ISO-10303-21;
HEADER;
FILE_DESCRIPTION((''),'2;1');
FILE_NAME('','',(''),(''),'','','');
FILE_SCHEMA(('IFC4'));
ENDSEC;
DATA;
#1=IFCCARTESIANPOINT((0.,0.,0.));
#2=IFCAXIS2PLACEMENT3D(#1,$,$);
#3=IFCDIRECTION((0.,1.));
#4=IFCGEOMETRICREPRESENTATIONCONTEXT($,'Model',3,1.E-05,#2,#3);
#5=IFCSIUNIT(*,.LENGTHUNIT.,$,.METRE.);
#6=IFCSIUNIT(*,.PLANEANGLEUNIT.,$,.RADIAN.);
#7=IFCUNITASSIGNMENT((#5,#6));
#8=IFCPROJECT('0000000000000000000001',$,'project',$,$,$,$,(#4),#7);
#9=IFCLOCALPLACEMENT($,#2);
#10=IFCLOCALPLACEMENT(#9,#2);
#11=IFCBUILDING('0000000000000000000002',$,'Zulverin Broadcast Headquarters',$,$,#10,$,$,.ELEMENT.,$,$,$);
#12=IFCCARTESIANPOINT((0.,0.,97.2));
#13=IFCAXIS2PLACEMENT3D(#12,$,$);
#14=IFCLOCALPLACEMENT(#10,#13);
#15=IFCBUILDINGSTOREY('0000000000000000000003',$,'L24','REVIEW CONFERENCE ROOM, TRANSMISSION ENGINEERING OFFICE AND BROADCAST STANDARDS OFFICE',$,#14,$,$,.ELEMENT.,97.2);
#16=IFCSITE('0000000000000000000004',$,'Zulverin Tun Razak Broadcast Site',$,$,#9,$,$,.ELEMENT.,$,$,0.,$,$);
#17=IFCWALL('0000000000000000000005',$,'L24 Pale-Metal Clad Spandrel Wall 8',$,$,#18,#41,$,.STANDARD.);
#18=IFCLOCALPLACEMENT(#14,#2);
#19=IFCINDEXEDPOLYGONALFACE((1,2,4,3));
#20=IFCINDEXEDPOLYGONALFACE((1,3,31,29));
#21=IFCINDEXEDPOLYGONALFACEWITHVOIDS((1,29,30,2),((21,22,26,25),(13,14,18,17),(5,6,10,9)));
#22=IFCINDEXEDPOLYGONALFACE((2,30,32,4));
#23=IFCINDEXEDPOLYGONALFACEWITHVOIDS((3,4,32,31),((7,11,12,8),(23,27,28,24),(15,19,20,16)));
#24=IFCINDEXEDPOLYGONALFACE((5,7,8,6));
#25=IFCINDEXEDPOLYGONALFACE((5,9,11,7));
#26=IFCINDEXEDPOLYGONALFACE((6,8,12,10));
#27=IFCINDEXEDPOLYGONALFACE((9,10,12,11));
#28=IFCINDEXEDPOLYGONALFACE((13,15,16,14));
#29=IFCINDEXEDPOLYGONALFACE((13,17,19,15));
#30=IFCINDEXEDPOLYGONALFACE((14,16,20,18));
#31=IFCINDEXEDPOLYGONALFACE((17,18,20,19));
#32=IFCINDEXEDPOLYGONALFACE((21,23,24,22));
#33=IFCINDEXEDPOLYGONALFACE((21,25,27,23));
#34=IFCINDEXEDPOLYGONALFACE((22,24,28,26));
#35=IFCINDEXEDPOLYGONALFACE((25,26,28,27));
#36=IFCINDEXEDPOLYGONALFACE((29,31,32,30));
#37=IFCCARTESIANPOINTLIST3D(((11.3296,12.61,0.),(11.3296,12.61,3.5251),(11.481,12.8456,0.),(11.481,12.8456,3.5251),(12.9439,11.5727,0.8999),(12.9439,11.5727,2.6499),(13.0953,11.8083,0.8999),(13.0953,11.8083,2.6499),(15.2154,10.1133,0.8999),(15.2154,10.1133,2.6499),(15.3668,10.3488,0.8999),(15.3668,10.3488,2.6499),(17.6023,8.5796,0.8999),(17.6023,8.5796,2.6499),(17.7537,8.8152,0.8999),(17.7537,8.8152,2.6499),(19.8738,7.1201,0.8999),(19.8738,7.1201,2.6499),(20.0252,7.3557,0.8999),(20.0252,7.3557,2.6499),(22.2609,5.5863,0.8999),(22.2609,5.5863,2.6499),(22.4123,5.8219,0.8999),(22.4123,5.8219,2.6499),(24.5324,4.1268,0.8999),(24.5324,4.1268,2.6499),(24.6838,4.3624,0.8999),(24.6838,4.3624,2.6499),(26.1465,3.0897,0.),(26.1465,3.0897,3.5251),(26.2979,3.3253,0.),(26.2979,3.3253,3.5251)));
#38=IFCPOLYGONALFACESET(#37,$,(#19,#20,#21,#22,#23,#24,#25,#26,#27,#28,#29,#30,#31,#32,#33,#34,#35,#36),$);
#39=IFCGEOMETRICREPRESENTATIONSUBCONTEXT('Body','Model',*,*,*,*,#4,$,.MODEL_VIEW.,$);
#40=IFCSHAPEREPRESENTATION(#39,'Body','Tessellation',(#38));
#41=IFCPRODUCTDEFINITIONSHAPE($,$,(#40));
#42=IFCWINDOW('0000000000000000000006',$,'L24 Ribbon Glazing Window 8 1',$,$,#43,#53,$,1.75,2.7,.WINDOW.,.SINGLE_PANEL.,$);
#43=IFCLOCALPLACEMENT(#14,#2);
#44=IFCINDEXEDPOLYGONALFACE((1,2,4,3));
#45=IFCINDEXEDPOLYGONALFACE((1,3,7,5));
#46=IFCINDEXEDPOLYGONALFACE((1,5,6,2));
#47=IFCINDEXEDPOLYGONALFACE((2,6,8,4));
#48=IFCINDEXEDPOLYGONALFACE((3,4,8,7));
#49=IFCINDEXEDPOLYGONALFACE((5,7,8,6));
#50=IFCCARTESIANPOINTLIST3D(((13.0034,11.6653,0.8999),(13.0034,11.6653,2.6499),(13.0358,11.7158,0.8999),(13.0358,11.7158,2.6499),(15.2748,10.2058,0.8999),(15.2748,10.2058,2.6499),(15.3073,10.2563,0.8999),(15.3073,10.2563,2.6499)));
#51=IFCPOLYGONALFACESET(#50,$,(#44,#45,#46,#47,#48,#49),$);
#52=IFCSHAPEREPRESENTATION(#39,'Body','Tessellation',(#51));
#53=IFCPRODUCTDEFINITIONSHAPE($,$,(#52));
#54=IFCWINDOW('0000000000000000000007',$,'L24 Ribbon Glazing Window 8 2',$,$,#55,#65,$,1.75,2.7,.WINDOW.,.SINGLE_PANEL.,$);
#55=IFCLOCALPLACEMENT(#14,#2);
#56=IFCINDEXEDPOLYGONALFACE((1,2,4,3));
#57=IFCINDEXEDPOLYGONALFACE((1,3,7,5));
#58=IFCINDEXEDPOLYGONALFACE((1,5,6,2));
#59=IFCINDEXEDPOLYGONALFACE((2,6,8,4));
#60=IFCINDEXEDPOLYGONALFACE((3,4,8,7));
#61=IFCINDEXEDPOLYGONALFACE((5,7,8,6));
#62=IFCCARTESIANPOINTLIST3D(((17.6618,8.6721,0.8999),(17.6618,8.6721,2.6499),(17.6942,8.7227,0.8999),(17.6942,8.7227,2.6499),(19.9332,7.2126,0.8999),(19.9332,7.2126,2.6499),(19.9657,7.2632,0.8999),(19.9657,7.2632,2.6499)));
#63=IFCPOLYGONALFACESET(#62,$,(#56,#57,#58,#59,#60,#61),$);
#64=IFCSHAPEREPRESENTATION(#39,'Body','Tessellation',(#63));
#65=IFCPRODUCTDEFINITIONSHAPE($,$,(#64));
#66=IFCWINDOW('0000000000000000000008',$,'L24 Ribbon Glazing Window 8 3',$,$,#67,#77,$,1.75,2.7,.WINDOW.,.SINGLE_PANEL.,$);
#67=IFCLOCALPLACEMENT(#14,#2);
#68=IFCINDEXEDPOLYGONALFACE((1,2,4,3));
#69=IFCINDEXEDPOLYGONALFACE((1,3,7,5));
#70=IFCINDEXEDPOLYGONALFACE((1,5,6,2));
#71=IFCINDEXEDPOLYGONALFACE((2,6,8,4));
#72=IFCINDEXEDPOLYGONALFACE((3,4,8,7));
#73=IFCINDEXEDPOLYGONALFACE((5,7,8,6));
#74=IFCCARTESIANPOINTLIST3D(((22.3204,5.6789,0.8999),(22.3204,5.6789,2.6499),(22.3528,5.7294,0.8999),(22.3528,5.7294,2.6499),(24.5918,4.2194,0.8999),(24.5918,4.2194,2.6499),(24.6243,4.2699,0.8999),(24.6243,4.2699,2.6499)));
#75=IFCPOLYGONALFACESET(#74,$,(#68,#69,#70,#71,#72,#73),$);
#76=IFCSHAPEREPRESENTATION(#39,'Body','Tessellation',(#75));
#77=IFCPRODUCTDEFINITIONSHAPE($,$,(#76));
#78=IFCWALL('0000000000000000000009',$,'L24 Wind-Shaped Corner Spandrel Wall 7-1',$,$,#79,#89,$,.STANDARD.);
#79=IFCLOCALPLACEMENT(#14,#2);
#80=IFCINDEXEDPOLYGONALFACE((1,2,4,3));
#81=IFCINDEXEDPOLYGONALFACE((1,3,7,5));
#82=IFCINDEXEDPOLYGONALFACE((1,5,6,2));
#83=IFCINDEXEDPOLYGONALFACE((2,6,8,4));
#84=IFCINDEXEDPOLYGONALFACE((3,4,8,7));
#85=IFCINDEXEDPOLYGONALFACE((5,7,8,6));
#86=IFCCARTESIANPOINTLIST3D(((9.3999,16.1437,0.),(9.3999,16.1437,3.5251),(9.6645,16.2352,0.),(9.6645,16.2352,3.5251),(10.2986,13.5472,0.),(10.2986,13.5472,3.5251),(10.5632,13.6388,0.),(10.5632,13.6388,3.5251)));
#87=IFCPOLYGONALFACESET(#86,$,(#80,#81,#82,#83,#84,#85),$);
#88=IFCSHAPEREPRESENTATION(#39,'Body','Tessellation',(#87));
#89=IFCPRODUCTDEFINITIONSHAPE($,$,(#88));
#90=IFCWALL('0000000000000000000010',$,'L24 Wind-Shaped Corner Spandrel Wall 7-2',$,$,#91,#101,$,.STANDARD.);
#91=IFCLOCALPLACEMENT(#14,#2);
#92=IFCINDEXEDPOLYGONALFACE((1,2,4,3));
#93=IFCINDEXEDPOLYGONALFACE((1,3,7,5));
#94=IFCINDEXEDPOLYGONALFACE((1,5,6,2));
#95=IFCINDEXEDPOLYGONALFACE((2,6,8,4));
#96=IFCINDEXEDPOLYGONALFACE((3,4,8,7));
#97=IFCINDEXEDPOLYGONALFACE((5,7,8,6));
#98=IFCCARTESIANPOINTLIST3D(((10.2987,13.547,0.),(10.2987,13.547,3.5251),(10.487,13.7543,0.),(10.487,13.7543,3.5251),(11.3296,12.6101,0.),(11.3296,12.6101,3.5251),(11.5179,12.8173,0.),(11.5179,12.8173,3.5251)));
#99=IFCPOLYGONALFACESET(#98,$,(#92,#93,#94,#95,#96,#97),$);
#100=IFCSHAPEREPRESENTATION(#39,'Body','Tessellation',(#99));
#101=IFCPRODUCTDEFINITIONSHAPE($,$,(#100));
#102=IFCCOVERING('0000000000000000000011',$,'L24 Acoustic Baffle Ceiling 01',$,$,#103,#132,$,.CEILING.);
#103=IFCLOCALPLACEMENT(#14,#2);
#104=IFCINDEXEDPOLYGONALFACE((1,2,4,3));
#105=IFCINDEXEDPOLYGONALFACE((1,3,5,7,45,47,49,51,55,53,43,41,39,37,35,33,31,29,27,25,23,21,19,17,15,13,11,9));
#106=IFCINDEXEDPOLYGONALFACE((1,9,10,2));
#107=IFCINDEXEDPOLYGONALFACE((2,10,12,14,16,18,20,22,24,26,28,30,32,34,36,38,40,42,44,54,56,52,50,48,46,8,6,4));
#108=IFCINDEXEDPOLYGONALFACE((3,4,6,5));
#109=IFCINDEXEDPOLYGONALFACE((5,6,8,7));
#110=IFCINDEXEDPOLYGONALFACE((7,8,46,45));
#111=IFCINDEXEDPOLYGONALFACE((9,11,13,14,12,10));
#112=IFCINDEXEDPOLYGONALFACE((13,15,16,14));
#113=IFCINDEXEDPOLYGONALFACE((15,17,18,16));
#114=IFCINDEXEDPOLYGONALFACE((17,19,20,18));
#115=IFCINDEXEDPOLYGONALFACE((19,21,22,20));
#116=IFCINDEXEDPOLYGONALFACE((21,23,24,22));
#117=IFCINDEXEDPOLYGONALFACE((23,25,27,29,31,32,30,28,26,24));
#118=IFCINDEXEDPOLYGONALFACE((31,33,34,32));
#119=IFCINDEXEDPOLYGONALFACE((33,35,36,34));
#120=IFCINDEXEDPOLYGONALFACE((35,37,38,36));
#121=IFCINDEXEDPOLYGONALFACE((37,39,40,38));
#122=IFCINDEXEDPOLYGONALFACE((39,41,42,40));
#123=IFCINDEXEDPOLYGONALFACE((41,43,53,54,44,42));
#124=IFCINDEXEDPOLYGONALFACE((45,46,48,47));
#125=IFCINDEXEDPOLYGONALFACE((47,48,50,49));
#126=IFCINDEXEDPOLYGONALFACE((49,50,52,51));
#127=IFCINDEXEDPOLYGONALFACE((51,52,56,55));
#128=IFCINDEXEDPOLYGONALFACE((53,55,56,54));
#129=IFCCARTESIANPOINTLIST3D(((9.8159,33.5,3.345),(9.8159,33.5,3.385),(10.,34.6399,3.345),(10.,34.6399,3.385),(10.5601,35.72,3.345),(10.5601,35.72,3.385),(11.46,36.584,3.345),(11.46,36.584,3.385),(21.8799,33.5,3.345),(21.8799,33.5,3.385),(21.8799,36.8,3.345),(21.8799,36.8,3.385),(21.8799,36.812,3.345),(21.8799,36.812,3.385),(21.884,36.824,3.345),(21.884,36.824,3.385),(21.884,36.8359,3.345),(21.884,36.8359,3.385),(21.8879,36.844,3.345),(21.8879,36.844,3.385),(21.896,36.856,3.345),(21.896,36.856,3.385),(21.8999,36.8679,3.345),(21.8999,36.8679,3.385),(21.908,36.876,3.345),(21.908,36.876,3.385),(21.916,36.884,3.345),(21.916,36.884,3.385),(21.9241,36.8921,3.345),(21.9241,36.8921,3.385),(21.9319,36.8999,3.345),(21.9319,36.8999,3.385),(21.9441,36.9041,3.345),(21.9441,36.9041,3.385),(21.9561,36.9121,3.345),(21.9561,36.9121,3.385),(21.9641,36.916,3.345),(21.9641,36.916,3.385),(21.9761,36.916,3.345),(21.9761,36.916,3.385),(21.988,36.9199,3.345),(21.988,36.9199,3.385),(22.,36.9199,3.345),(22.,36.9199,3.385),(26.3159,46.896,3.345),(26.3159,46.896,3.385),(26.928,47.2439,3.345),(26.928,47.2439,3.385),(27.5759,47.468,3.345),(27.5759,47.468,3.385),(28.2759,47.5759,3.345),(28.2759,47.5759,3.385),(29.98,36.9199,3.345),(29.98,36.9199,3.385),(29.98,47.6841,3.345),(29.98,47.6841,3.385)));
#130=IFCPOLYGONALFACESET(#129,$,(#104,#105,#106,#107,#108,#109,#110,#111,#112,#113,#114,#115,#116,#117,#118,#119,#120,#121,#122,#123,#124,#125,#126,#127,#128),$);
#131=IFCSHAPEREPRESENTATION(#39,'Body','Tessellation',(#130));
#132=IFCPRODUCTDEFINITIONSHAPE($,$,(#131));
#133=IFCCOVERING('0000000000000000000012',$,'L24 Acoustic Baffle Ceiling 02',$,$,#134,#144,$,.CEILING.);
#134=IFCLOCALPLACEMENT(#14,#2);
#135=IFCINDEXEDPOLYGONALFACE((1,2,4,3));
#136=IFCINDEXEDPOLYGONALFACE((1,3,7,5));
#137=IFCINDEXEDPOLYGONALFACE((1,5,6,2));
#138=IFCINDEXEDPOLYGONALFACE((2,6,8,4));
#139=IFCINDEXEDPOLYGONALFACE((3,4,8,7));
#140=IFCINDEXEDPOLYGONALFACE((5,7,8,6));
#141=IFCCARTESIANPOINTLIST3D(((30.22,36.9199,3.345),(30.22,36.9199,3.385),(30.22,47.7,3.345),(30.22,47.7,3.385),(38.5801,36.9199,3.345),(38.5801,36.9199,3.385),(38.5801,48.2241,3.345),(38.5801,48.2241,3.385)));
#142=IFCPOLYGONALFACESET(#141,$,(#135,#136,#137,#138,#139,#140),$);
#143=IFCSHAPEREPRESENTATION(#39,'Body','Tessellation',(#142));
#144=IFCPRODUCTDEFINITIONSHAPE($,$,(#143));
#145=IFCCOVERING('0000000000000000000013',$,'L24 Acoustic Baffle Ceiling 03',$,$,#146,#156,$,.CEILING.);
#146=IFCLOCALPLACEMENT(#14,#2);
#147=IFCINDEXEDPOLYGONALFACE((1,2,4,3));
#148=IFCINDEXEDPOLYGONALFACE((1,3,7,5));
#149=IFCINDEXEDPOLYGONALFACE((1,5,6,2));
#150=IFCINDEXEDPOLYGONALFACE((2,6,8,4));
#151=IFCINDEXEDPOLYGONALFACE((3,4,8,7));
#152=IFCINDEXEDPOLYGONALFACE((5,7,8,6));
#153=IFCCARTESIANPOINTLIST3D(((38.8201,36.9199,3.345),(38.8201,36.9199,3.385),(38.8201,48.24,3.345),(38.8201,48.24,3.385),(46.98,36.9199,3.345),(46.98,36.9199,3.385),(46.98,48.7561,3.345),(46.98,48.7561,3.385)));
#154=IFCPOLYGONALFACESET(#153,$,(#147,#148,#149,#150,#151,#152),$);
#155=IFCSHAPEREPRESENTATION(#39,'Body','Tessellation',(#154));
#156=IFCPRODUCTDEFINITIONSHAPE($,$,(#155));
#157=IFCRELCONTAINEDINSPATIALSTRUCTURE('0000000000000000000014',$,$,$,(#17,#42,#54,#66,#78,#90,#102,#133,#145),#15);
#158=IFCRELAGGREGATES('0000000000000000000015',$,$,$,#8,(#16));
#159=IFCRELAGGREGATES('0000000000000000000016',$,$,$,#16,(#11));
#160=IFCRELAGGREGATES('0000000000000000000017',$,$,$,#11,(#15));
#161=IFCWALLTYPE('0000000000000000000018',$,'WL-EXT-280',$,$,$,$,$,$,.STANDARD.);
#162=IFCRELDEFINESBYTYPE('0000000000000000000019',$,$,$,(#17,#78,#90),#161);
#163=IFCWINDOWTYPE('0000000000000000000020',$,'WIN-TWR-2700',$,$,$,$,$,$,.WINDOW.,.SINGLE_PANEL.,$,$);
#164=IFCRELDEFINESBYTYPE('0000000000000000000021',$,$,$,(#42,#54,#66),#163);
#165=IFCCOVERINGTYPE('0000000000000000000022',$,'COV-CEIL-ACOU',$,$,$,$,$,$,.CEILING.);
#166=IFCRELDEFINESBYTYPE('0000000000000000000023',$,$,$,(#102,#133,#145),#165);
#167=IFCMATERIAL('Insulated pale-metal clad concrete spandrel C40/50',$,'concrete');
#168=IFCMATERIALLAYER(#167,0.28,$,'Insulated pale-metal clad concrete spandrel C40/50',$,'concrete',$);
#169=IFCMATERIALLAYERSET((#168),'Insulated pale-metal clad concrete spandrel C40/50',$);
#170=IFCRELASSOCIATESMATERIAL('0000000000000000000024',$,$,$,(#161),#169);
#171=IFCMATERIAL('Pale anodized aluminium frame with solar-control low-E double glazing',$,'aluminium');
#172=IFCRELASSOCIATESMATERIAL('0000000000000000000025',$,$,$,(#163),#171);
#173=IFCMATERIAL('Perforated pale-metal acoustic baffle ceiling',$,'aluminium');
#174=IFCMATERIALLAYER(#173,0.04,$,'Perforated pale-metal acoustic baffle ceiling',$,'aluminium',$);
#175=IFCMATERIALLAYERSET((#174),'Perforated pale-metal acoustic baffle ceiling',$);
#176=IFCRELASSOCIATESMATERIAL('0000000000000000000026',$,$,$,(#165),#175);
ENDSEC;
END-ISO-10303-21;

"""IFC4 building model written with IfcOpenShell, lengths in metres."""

from ifc_helpers import new_model, si_unit, direction, frame, frame_2d, origin, place, context, subcontext, project, spatial, polyline, rectangle, outline, extrude, material, layer, layer_set, type_object, element, fill, save


model = new_model("IFC4")

# Units and contexts
model_context = context("Model", 3, precision=1e-05, world=origin(), true_north=direction((0.0, 1.0)))
body_context = subcontext(model_context, "Body", "Model", "MODEL_VIEW")
ifc_project = project(units=[si_unit("LENGTHUNIT", "METRE"), si_unit("PLANEANGLEUNIT", "RADIAN")], contexts=[model_context])

# Site, building, storey
site_placement = place(None, origin())
site = spatial("IfcSite", under=ifc_project, at=site_placement, Name="Zulverin Tun Razak Broadcast Site", CompositionType="ELEMENT", RefElevation=0.0)
building_placement = place(site_placement, origin())
building = spatial("IfcBuilding", under=site, at=building_placement, Name="Zulverin Broadcast Headquarters", CompositionType="ELEMENT")
storey_placement = place(building_placement, frame((0.0, 0.0, 97.2)))
storey = spatial("IfcBuildingStorey", under=building, at=storey_placement, Name="L24", Description="REVIEW CONFERENCE ROOM, TRANSMISSION ENGINEERING OFFICE AND BROADCAST STANDARDS OFFICE", CompositionType="ELEMENT", Elevation=97.2)

# Wall, openings, windows
ifc_material_1 = material(Name="Insulated pale-metal clad concrete spandrel C40/50", Category="concrete")
ifc_layer_1 = layer(ifc_material_1, 0.28, Name="Insulated pale-metal clad concrete spandrel C40/50", Category="concrete")
ifc_layer_set_1 = layer_set([ifc_layer_1], Name="Insulated pale-metal clad concrete spandrel C40/50")
wall_type = type_object("IfcWallType", Name="WL-EXT-280", PredefinedType="STANDARD", material=ifc_layer_set_1)
wall_1_placement = place(storey_placement, frame((11.4053, 12.7278, 0.0), z_axis=(0.0, 0.0, 1.0), x_axis=(0.841305, -0.540561, 0.0)))
wall_1 = element("IfcWall", 1, at=wall_1_placement, inside=storey, type_object=wall_type, Name="L24 Pale-Metal Clad Spandrel Wall 8", PredefinedType="STANDARD", context=body_context, shape_type="SweptSolid", body=[
    extrude(rectangle(XDim=17.6118, YDim=0.28, at=frame_2d((8.8059, 0.0))), origin(), (0.0, 0.0, 1.0), 3.5251),
])
opening_1_placement = place(wall_1_placement, frame((1.9187, 0.0, 0.8999)))
opening_1 = element("IfcOpeningElement", 2, at=opening_1_placement, cuts=wall_1, PredefinedType="OPENING", context=body_context, shape_type="SweptSolid", body=[
    extrude(rectangle(XDim=2.7, YDim=1.75, at=frame_2d((1.3501, 0.875))), frame((0.0, 0.1499, 0.0), z_axis=(0.0, -1.0, 0.0), x_axis=(1.0, 0.0, 0.0)), (0.0, 0.0, 1.0), 0.3),
])
opening_2_placement = place(wall_1_placement, frame((7.4558, 0.0, 0.8999)))
opening_2 = element("IfcOpeningElement", 3, at=opening_2_placement, cuts=wall_1, PredefinedType="OPENING", context=body_context, shape_type="SweptSolid", body=[
    extrude(rectangle(XDim=2.7, YDim=1.75, at=frame_2d((1.3501, 0.875))), frame((0.0, 0.1499, 0.0), z_axis=(0.0, -1.0, 0.0), x_axis=(1.0, 0.0, 0.0)), (0.0, 0.0, 1.0), 0.3),
])
opening_3_placement = place(wall_1_placement, frame((12.9932, 0.0, 0.8999)))
opening_3 = element("IfcOpeningElement", 4, at=opening_3_placement, cuts=wall_1, PredefinedType="OPENING", context=body_context, shape_type="SweptSolid", body=[
    extrude(rectangle(XDim=2.7, YDim=1.75, at=frame_2d((1.3501, 0.875))), frame((0.0, 0.1499, 0.0), z_axis=(0.0, -1.0, 0.0), x_axis=(1.0, 0.0, 0.0)), (0.0, 0.0, 1.0), 0.3),
])
ifc_material_2 = material(Name="Pale anodized aluminium frame with solar-control low-E double glazing", Category="aluminium")
window_type = type_object("IfcWindowType", Name="WIN-TWR-2700", PartitioningType="SINGLE_PANEL", PredefinedType="WINDOW", material=ifc_material_2)
window_1_placement = place(opening_1_placement, origin())
window_1 = element("IfcWindow", 5, at=window_1_placement, inside=storey, type_object=window_type, Name="L24 Ribbon Glazing Window 8 1", OverallHeight=1.75, OverallWidth=2.7, PartitioningType="SINGLE_PANEL", PredefinedType="WINDOW", context=body_context, shape_type="SweptSolid", body=[
    extrude(rectangle(XDim=2.7, YDim=1.75, at=frame_2d((1.3501, 0.875))), frame((0.0, 0.03, 0.0), z_axis=(0.0, -1.0, 0.0), x_axis=(1.0, 0.0, 0.0)), (0.0, 0.0, 1.0), 0.0601),
])
fill(opening_1, window_1)
window_2_placement = place(opening_2_placement, origin())
window_2 = element("IfcWindow", 6, at=window_2_placement, inside=storey, type_object=window_type, Name="L24 Ribbon Glazing Window 8 2", OverallHeight=1.75, OverallWidth=2.7, PartitioningType="SINGLE_PANEL", PredefinedType="WINDOW", context=body_context, shape_type="SweptSolid", body=[
    extrude(rectangle(XDim=2.7, YDim=1.75, at=frame_2d((1.3501, 0.875))), frame((0.0, 0.03, 0.0), z_axis=(0.0, -1.0, 0.0), x_axis=(1.0, 0.0, 0.0)), (0.0, 0.0, 1.0), 0.0601),
])
fill(opening_2, window_2)
window_3_placement = place(opening_3_placement, origin())
window_3 = element("IfcWindow", 7, at=window_3_placement, inside=storey, type_object=window_type, Name="L24 Ribbon Glazing Window 8 3", OverallHeight=1.75, OverallWidth=2.7, PartitioningType="SINGLE_PANEL", PredefinedType="WINDOW", context=body_context, shape_type="SweptSolid", body=[
    extrude(rectangle(XDim=2.7, YDim=1.75, at=frame_2d((1.3501, 0.875))), frame((0.0, 0.03, 0.0), z_axis=(0.0, -1.0, 0.0), x_axis=(1.0, 0.0, 0.0)), (0.0, 0.0, 1.0), 0.0601),
])
fill(opening_3, window_3)

# Walls
wall_2_placement = place(storey_placement, frame((9.5322, 16.1895, 0.0), z_axis=(0.0, 0.0, 1.0), x_axis=(0.327083, -0.944996, 0.0)))
element("IfcWall", 8, at=wall_2_placement, inside=storey, type_object=wall_type, Name="L24 Wind-Shaped Corner Spandrel Wall 7-1", PredefinedType="STANDARD", context=body_context, shape_type="SweptSolid", body=[
    extrude(rectangle(XDim=2.7476, YDim=0.28, at=frame_2d((1.3738, 0.0))), origin(), (0.0, 0.0, 1.0), 3.5251),
])
wall_3_placement = place(storey_placement, frame((10.3928, 13.6506, 0.0), z_axis=(0.0, 0.0, 1.0), x_axis=(0.740035, -0.672568, 0.0)))
element("IfcWall", 9, at=wall_3_placement, inside=storey, type_object=wall_type, Name="L24 Wind-Shaped Corner Spandrel Wall 7-2", PredefinedType="STANDARD", context=body_context, shape_type="SweptSolid", body=[
    extrude(rectangle(XDim=1.3931, YDim=0.28, at=frame_2d((0.6965, 0.0))), origin(), (0.0, 0.0, 1.0), 3.5251),
])

# Coverings
ifc_material_3 = material(Name="Perforated pale-metal acoustic baffle ceiling", Category="aluminium")
ifc_layer_2 = layer(ifc_material_3, 0.04, Name="Perforated pale-metal acoustic baffle ceiling", Category="aluminium")
ifc_layer_set_2 = layer_set([ifc_layer_2], Name="Perforated pale-metal acoustic baffle ceiling")
covering_type_1 = type_object("IfcCoveringType", Name="COV-CEIL-ACOU", PredefinedType="CEILING", material=ifc_layer_set_2)
covering_1_placement = place(storey_placement, frame((0.0, 0.0, 3.345)))
element("IfcCovering", 10, at=covering_1_placement, inside=storey, type_object=covering_type_1, Name="L24 Acoustic Baffle Ceiling 01", PredefinedType="CEILING", context=body_context, shape_type="SweptSolid", body=[
    extrude(outline(polyline([(11.46, 36.584), (10.5601, 35.72), (10.0, 34.6399), (9.8159, 33.5), (21.8799, 33.5), (21.8799, 36.8), (21.8799, 36.812), (21.884, 36.824), (21.884, 36.8359), (21.8879, 36.844), (21.896, 36.856), (21.8999, 36.8679), (21.908, 36.876), (21.916, 36.884), (21.9241, 36.8921), (21.9319, 36.8999), (21.9441, 36.9041), (21.9561, 36.9121), (21.9641, 36.916), (21.9761, 36.916), (21.988, 36.9199), (22.0, 36.9199), (29.98, 36.9199), (29.98, 47.6841), (28.2759, 47.5759), (27.5759, 47.468), (26.928, 47.2439), (26.3159, 46.896), (11.46, 36.584)])), origin(), (0.0, 0.0, 1.0), 0.04),
])
covering_2_placement = place(storey_placement, frame((0.0, 0.0, 3.345)))
element("IfcCovering", 11, at=covering_2_placement, inside=storey, type_object=covering_type_1, Name="L24 Acoustic Baffle Ceiling 02", PredefinedType="CEILING", context=body_context, shape_type="SweptSolid", body=[
    extrude(outline(polyline([(38.5801, 36.9199), (38.5801, 48.2241), (30.22, 47.7), (30.22, 36.9199), (38.5801, 36.9199)])), origin(), (0.0, 0.0, 1.0), 0.04),
])
covering_3_placement = place(storey_placement, frame((0.0, 0.0, 3.345)))
element("IfcCovering", 12, at=covering_3_placement, inside=storey, type_object=covering_type_1, Name="L24 Acoustic Baffle Ceiling 03", PredefinedType="CEILING", context=body_context, shape_type="SweptSolid", body=[
    extrude(outline(polyline([(46.98, 36.9199), (46.98, 48.7561), (38.8201, 48.24), (38.8201, 36.9199), (46.98, 36.9199)])), origin(), (0.0, 0.0, 1.0), 0.04),
])

save(model, "model.ifc")
